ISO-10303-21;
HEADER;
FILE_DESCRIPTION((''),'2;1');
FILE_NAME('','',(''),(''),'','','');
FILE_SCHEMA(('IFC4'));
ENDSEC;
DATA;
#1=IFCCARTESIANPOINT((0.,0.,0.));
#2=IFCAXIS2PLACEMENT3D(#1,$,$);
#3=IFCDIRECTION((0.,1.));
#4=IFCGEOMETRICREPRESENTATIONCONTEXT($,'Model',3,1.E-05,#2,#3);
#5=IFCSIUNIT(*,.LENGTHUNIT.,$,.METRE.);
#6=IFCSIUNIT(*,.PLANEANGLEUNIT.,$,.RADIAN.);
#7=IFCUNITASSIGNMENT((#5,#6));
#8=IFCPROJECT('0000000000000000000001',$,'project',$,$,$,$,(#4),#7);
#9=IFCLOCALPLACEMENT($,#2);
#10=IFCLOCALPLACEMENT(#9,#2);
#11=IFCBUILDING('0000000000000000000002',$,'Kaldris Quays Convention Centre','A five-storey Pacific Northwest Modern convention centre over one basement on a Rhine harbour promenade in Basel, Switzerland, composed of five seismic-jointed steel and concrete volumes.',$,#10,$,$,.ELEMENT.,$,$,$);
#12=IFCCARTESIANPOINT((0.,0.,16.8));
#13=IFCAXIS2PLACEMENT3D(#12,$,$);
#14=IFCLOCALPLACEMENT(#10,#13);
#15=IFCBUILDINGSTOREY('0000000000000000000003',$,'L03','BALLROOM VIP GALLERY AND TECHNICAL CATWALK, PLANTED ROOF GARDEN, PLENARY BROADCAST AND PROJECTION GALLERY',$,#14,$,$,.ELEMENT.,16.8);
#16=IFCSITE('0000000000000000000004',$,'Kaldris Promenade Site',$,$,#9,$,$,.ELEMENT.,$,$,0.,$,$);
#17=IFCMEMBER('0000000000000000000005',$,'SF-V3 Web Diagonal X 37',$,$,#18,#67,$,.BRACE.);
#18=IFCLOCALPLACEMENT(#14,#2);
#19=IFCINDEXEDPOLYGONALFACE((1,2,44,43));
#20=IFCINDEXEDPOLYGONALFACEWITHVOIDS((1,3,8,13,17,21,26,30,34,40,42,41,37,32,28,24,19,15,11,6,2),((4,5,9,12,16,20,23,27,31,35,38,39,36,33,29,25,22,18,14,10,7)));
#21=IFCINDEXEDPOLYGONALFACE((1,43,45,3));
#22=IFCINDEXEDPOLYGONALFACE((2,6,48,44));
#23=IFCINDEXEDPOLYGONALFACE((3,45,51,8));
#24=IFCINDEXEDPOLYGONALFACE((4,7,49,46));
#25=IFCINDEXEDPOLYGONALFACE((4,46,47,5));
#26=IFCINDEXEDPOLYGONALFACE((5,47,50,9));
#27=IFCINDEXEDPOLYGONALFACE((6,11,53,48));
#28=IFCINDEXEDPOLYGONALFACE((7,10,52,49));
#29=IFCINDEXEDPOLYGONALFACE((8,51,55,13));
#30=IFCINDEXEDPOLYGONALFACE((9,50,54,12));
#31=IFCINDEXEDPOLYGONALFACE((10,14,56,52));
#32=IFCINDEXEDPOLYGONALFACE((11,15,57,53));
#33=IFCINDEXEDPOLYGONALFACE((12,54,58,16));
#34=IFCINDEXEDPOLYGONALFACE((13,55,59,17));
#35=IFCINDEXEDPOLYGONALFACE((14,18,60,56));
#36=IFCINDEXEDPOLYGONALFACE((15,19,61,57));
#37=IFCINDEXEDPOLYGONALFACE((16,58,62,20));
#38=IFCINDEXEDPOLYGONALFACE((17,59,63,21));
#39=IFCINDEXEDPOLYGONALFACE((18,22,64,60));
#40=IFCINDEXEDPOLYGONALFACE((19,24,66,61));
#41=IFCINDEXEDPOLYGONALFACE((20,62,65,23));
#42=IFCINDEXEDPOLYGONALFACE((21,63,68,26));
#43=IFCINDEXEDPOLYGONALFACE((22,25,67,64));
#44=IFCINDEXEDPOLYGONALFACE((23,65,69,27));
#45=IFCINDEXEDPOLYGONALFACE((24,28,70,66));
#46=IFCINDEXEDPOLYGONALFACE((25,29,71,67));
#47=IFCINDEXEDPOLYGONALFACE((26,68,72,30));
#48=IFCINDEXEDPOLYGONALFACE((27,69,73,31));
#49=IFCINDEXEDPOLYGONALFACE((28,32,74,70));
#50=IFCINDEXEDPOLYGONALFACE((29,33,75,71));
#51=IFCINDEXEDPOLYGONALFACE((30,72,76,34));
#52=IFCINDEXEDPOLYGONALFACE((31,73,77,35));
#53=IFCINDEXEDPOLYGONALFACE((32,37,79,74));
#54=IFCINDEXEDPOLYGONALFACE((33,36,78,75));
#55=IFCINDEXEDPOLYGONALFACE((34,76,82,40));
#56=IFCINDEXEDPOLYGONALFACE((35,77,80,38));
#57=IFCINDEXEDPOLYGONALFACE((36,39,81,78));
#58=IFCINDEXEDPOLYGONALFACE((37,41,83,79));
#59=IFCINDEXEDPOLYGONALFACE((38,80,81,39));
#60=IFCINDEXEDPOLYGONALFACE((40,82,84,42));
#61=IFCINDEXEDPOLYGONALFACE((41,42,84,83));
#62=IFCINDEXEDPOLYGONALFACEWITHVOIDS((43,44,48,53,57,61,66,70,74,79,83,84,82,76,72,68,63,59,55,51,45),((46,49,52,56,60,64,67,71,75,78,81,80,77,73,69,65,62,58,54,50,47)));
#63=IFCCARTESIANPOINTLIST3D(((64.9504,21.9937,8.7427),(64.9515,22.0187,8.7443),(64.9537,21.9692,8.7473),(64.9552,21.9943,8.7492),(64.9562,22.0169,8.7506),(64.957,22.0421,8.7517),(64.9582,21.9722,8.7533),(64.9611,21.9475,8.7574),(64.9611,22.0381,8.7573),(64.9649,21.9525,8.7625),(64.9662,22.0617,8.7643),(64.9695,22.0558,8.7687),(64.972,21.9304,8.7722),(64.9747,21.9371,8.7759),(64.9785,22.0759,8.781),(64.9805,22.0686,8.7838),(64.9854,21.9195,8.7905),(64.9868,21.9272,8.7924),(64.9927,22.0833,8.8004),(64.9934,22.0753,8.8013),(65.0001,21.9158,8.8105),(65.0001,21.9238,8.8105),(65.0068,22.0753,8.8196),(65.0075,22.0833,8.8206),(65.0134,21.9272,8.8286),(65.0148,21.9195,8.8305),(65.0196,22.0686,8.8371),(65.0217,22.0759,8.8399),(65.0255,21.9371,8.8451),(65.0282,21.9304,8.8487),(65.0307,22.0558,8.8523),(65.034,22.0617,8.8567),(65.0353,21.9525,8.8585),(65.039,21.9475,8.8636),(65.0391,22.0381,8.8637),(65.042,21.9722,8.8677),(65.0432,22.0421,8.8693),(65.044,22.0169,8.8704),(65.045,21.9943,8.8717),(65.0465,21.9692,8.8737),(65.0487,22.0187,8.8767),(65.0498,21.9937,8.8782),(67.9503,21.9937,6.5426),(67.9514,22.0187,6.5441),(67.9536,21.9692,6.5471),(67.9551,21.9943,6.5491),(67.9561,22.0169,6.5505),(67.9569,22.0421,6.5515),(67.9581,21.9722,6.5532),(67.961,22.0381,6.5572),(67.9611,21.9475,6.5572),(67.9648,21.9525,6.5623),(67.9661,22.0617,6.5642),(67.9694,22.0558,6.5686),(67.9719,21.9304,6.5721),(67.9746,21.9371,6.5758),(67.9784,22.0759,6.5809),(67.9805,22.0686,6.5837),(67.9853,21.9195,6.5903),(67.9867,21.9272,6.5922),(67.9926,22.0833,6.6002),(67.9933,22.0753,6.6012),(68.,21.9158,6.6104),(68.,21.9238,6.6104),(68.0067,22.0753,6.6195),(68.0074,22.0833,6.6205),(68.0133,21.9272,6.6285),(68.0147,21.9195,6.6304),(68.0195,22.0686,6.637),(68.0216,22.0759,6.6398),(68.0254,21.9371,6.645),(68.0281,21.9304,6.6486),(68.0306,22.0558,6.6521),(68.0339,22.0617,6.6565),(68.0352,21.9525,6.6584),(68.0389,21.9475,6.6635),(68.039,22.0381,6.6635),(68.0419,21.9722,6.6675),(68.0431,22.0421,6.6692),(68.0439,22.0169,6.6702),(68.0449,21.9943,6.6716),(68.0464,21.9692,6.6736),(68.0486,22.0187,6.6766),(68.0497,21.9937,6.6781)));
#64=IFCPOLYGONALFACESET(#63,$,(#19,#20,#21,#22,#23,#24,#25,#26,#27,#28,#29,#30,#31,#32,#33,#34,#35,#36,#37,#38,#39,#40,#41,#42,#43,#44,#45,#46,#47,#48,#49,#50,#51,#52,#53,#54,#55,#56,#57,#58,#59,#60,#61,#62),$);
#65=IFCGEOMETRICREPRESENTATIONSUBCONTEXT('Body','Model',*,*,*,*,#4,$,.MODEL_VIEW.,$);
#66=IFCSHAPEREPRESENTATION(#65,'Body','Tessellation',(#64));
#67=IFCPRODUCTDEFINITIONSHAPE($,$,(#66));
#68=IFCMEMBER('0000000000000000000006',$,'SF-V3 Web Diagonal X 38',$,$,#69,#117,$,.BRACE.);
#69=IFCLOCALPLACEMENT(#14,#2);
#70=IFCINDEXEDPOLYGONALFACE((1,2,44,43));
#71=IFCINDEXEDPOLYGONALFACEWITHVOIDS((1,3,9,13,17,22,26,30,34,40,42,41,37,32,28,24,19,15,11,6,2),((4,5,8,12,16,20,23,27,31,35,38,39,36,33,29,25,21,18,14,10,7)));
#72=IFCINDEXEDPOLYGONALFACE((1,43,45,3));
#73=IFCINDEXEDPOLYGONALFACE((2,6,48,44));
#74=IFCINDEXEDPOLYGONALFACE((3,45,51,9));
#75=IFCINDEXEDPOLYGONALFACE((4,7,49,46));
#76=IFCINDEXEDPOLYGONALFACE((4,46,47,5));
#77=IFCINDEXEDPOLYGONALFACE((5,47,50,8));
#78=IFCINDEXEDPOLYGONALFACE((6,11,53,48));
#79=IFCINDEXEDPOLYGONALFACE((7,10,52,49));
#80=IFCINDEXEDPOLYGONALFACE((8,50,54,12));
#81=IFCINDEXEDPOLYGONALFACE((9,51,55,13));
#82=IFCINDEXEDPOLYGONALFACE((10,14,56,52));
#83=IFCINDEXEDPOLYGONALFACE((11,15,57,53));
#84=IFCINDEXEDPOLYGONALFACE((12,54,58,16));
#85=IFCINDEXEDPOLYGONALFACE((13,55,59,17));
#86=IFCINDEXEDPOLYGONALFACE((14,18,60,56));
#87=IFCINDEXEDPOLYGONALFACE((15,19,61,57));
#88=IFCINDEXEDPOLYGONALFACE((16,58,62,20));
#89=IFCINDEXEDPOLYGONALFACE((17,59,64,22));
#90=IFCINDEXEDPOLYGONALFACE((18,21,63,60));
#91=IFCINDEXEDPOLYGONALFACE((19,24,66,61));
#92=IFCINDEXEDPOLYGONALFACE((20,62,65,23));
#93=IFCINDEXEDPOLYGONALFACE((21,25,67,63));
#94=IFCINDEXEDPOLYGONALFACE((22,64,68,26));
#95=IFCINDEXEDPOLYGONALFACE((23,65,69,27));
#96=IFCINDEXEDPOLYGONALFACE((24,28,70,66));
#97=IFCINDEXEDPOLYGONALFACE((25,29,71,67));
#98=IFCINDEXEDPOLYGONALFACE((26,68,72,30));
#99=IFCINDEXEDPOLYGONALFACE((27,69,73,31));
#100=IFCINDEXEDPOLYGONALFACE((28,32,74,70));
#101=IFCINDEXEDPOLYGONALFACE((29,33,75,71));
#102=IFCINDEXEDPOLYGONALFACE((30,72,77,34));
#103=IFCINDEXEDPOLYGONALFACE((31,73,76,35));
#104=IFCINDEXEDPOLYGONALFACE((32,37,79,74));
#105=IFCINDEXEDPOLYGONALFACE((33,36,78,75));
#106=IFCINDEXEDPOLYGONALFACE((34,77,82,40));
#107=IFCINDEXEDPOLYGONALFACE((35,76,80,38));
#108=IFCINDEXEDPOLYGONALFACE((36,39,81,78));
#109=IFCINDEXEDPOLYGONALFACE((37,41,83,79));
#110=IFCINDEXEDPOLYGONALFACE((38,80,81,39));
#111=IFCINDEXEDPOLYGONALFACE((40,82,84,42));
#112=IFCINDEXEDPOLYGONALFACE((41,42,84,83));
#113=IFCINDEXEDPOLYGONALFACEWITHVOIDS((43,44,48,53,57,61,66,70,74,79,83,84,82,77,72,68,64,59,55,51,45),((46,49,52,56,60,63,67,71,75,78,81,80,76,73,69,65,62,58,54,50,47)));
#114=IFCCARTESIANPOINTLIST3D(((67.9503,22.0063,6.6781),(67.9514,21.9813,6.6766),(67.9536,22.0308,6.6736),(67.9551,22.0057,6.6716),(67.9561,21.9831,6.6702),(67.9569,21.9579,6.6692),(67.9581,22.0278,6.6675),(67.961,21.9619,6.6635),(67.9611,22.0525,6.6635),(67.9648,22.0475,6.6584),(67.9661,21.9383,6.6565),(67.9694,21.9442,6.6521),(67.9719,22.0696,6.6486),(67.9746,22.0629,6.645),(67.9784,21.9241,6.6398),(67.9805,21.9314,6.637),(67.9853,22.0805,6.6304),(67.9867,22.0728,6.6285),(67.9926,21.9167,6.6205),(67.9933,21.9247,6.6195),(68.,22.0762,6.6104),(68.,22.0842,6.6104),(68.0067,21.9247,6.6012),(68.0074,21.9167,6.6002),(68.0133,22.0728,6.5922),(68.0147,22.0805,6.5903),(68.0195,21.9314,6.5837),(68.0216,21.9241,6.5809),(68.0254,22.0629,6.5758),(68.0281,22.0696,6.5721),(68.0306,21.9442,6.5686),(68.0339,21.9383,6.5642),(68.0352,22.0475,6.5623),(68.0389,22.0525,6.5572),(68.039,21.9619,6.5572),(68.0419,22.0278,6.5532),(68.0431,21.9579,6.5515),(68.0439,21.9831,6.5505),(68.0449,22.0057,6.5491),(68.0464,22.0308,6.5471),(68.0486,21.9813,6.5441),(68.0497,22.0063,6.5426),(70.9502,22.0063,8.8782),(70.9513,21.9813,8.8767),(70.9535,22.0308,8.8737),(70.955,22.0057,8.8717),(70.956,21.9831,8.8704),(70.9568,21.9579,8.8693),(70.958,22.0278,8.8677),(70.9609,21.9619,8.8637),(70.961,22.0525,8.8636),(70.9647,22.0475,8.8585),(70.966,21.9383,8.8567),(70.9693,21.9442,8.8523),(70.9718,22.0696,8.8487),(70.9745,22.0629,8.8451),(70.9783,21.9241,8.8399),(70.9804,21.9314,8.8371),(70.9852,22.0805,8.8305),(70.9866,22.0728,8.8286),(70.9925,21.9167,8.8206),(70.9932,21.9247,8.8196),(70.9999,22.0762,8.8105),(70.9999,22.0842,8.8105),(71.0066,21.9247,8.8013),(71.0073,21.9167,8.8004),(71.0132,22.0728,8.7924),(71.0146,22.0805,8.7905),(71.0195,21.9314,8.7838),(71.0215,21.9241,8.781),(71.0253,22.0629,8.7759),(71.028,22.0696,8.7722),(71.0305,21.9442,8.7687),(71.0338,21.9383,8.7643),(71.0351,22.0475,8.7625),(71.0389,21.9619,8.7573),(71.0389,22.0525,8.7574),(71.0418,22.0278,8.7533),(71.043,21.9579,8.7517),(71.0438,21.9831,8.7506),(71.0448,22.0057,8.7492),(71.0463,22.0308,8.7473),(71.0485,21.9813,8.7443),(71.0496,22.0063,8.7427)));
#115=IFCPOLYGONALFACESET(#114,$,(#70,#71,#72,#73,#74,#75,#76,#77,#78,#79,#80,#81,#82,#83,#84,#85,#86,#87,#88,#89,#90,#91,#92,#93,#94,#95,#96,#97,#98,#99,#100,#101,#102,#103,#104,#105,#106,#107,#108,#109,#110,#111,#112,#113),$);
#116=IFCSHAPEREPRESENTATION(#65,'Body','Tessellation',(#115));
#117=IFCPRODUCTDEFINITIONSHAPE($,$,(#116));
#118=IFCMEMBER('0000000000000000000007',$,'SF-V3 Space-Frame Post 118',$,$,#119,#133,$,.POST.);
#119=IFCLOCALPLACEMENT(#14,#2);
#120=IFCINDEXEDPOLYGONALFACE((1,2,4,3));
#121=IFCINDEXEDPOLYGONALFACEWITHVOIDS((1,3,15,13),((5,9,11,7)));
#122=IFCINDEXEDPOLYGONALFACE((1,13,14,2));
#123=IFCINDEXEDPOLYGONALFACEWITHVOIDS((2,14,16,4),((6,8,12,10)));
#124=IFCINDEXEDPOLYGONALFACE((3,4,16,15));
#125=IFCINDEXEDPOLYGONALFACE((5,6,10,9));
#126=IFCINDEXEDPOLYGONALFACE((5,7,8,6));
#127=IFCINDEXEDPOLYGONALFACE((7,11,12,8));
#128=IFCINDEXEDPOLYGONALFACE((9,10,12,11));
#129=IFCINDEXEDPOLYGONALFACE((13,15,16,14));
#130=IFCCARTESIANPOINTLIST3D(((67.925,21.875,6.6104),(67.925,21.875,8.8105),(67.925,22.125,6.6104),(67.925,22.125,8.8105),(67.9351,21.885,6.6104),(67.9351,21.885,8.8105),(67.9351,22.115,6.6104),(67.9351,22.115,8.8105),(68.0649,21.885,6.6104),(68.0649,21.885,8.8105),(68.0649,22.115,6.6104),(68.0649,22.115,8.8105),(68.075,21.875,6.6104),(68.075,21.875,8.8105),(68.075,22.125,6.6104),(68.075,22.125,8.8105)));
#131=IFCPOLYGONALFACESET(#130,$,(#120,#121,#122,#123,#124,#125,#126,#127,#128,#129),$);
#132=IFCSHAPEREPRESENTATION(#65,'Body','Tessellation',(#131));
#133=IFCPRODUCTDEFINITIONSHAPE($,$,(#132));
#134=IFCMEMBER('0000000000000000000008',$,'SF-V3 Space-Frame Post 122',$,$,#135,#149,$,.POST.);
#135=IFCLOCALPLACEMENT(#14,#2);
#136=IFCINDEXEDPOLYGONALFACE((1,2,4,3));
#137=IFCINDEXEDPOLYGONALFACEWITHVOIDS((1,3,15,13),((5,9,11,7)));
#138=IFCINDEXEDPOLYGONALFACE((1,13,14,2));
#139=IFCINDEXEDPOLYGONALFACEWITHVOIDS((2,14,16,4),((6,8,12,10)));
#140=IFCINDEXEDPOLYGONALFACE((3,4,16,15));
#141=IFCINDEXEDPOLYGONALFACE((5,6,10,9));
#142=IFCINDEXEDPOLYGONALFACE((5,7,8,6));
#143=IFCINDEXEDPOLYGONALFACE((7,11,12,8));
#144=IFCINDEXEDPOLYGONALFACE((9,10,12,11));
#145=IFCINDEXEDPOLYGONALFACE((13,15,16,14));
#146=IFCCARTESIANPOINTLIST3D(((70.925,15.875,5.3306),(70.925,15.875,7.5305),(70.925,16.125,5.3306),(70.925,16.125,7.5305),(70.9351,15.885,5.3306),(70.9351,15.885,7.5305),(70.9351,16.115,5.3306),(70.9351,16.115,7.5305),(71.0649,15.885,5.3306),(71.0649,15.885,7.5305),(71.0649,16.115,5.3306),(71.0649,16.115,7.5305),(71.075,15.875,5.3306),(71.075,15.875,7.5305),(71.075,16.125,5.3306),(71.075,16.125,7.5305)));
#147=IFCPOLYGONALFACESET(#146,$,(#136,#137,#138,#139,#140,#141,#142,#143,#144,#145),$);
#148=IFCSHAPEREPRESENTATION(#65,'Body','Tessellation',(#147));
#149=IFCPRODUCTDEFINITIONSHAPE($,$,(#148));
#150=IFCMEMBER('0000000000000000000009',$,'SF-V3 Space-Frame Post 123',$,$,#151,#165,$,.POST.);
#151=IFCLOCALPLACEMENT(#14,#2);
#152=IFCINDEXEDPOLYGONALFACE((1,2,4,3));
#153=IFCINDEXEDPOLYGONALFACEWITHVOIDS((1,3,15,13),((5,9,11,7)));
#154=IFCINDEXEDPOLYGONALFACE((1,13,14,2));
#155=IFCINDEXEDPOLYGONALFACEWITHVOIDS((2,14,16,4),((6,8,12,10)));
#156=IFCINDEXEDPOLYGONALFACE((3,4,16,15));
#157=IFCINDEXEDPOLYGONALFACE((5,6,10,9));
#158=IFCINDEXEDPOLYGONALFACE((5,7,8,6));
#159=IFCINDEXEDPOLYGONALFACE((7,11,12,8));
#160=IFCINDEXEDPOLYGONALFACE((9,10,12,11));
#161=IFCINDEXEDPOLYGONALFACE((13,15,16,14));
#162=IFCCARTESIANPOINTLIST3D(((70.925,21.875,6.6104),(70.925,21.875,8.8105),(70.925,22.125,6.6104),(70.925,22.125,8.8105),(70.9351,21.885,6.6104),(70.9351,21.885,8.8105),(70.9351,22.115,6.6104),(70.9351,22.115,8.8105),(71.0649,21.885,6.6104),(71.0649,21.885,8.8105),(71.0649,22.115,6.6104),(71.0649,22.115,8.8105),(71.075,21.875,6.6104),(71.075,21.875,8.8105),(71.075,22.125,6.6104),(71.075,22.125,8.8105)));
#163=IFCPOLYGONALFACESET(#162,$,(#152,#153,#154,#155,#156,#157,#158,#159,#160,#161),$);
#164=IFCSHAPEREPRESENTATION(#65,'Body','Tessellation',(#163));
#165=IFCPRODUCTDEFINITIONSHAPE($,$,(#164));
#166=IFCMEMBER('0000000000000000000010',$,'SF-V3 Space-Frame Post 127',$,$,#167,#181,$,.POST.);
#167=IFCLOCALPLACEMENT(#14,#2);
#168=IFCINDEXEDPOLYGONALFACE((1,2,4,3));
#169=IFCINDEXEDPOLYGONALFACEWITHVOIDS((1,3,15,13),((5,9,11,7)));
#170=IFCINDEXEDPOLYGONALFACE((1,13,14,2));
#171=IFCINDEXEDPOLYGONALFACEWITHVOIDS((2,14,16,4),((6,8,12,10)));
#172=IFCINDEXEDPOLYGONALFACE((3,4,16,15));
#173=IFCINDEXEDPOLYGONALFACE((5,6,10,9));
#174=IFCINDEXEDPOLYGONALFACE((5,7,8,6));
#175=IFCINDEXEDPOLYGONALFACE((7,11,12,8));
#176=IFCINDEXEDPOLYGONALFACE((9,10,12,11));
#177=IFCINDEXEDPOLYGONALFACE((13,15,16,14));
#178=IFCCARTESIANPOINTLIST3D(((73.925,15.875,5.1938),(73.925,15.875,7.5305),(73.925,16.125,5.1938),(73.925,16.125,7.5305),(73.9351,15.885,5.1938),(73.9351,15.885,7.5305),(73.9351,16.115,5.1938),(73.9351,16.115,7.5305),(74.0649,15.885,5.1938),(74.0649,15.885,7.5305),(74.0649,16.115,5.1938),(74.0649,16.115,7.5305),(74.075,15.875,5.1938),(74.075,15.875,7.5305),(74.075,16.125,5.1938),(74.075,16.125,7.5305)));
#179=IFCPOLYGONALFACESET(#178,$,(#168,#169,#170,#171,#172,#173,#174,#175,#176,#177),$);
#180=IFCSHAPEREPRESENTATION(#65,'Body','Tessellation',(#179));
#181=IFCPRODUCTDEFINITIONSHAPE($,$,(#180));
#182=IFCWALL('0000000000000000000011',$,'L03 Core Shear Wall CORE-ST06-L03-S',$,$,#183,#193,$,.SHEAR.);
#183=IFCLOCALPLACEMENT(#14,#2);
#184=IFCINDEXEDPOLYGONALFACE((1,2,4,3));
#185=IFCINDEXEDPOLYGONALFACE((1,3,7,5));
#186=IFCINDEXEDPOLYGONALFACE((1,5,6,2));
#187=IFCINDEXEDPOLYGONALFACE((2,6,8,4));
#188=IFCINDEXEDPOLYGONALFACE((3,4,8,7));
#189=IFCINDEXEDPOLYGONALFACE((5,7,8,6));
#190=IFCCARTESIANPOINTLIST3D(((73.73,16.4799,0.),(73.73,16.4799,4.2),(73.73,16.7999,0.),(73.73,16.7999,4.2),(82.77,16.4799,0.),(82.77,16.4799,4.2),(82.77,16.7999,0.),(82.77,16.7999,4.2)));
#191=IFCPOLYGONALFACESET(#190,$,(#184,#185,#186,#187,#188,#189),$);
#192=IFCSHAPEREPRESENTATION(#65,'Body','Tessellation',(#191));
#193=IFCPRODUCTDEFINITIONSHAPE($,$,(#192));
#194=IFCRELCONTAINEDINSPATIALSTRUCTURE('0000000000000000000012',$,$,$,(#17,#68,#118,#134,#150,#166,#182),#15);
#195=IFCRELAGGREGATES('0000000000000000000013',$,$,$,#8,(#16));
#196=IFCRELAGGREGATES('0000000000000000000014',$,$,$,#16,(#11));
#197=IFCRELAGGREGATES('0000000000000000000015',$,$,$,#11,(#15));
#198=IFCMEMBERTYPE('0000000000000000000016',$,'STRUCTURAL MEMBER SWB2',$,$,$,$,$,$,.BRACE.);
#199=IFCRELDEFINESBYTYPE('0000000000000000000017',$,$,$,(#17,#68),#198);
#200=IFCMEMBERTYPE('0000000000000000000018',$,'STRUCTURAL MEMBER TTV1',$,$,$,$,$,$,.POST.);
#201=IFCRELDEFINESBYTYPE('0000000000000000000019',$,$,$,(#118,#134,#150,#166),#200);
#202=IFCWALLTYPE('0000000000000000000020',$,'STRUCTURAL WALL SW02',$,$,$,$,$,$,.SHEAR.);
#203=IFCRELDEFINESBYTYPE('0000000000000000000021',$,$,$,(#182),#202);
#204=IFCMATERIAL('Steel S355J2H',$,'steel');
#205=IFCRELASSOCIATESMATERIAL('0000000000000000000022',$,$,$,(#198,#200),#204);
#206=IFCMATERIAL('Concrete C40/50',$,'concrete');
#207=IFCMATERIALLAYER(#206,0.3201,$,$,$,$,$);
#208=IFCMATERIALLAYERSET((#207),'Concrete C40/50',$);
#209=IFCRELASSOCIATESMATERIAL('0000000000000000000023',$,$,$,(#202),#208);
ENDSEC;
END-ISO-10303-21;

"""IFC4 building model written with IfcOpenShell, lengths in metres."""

from ifc_helpers import new_model, si_unit, direction, frame, frame_2d, origin, origin_2d, place, context, subcontext, project, spatial, rectangle, hollow_rectangle, hollow_circle, extrude, material, layer, layer_set, material_profile, profile_set, type_object, element, save


model = new_model("IFC4")

# Units and contexts
model_context = context("Model", 3, precision=1e-05, world=origin(), true_north=direction((0.0, 1.0)))
body_context = subcontext(model_context, "Body", "Model", "MODEL_VIEW")
ifc_project = project(units=[si_unit("LENGTHUNIT", "METRE"), si_unit("PLANEANGLEUNIT", "RADIAN")], contexts=[model_context])

# Site, building, storey
site_placement = place(None, origin())
site = spatial("IfcSite", under=ifc_project, at=site_placement, Name="Kaldris Promenade Site", CompositionType="ELEMENT", RefElevation=0.0)
building_placement = place(site_placement, origin())
building = spatial("IfcBuilding", under=site, at=building_placement, Name="Kaldris Quays Convention Centre", Description="A five-storey Pacific Northwest Modern convention centre over one basement on a Rhine harbour promenade in Basel, Switzerland, composed of five seismic-jointed steel and concrete volumes.", CompositionType="ELEMENT")
storey_placement = place(building_placement, frame((0.0, 0.0, 16.8)))
storey = spatial("IfcBuildingStorey", under=building, at=storey_placement, Name="L03", Description="BALLROOM VIP GALLERY AND TECHNICAL CATWALK, PLANTED ROOF GARDEN, PLENARY BROADCAST AND PROJECTION GALLERY", CompositionType="ELEMENT", Elevation=16.8)

# Members
ifc_material_1 = material(Name="Steel S355J2H", Category="steel")
ifc_material_profile_1 = material_profile(ifc_material_1, hollow_circle(Radius=0.0842, WallThickness=0.0081, at=origin_2d()), Name="CHS 168.3x8")
ifc_profile_set_1 = profile_set([ifc_material_profile_1], Name="Steel S355J2H")
member_type_1 = type_object("IfcMemberType", Name="STRUCTURAL MEMBER SWB2", PredefinedType="BRACE", material=ifc_profile_set_1)
for number, where, z_axis, x_axis, name in (
    (1, (68.0, 22.0, 6.6104), (-0.80638, 0.0, 0.591398), (0.0, -1.0, 0.0), "SF-V3 Web Diagonal X 37"),
    (2, (68.0, 22.0, 6.6104), (0.80638, 0.0, 0.591398), (0.0, 1.0, 0.0), "SF-V3 Web Diagonal X 38"),
):
    element("IfcMember", number, at=place(storey_placement, frame(where, z_axis=z_axis, x_axis=x_axis)), inside=storey, type_object=member_type_1, Name=name, PredefinedType="BRACE", context=body_context, shape_type="SweptSolid", body=[
        extrude(hollow_circle(Radius=0.0842, WallThickness=0.0081, at=origin_2d()), origin(), (0.0, 0.0, 1.0), 3.7202),
    ])
ifc_material_profile_2 = material_profile(ifc_material_1, hollow_rectangle(XDim=0.1499, YDim=0.25, WallThickness=0.01, at=origin_2d()), Name="RHS 250x150x10")
ifc_profile_set_2 = profile_set([ifc_material_profile_2], Name="Steel S355J2H")
member_type_2 = type_object("IfcMemberType", Name="STRUCTURAL MEMBER TTV1", PredefinedType="POST", material=ifc_profile_set_2)
member_1_placement = place(storey_placement, frame((68.0, 22.0, 6.6104), z_axis=(0.0, 0.0, 1.0), x_axis=(1.0, 0.0, 0.0)))
element("IfcMember", 3, at=member_1_placement, inside=storey, type_object=member_type_2, Name="SF-V3 Space-Frame Post 118", PredefinedType="POST", context=body_context, shape_type="SweptSolid", body=[
    extrude(hollow_rectangle(XDim=0.1499, YDim=0.25, WallThickness=0.01, at=origin_2d()), origin(), (0.0, 0.0, 1.0), 2.2002),
])
member_2_placement = place(storey_placement, frame((71.0, 16.0, 5.3306), z_axis=(0.0, 0.0, 1.0), x_axis=(1.0, 0.0, 0.0)))
element("IfcMember", 4, at=member_2_placement, inside=storey, type_object=member_type_2, Name="SF-V3 Space-Frame Post 122", PredefinedType="POST", context=body_context, shape_type="SweptSolid", body=[
    extrude(hollow_rectangle(XDim=0.1499, YDim=0.25, WallThickness=0.01, at=origin_2d()), origin(), (0.0, 0.0, 1.0), 2.2),
])
member_3_placement = place(storey_placement, frame((71.0, 22.0, 6.6104), z_axis=(0.0, 0.0, 1.0), x_axis=(1.0, 0.0, 0.0)))
element("IfcMember", 5, at=member_3_placement, inside=storey, type_object=member_type_2, Name="SF-V3 Space-Frame Post 123", PredefinedType="POST", context=body_context, shape_type="SweptSolid", body=[
    extrude(hollow_rectangle(XDim=0.1499, YDim=0.25, WallThickness=0.01, at=origin_2d()), origin(), (0.0, 0.0, 1.0), 2.2002),
])
member_4_placement = place(storey_placement, frame((74.0, 16.0, 5.1938), z_axis=(0.0, 0.0, 1.0), x_axis=(1.0, 0.0, 0.0)))
element("IfcMember", 6, at=member_4_placement, inside=storey, type_object=member_type_2, Name="SF-V3 Space-Frame Post 127", PredefinedType="POST", context=body_context, shape_type="SweptSolid", body=[
    extrude(hollow_rectangle(XDim=0.1499, YDim=0.25, WallThickness=0.01, at=origin_2d()), origin(), (0.0, 0.0, 1.0), 2.3367),
])

# Wall
ifc_material_2 = material(Name="Concrete C40/50", Category="concrete")
ifc_layer = layer(ifc_material_2, 0.3201)
ifc_layer_set = layer_set([ifc_layer], Name="Concrete C40/50")
wall_type = type_object("IfcWallType", Name="STRUCTURAL WALL SW02", PredefinedType="SHEAR", material=ifc_layer_set)
for number, where, z_axis, x_axis, name in (
    (7, (73.73, 16.6399, 0.0), (0.0, 0.0, 1.0), (1.0, 0.0, 0.0), "L03 Core Shear Wall CORE-ST06-L03-S"),
):
    element("IfcWall", number, at=place(storey_placement, frame(where, z_axis=z_axis, x_axis=x_axis)), inside=storey, type_object=wall_type, Name=name, PredefinedType="SHEAR", context=body_context, shape_type="SweptSolid", body=[
        extrude(rectangle(XDim=9.04, YDim=0.3201, at=frame_2d((4.52, 0.0))), origin(), (0.0, 0.0, 1.0), 4.2),
    ])

save(model, "model.ifc")
